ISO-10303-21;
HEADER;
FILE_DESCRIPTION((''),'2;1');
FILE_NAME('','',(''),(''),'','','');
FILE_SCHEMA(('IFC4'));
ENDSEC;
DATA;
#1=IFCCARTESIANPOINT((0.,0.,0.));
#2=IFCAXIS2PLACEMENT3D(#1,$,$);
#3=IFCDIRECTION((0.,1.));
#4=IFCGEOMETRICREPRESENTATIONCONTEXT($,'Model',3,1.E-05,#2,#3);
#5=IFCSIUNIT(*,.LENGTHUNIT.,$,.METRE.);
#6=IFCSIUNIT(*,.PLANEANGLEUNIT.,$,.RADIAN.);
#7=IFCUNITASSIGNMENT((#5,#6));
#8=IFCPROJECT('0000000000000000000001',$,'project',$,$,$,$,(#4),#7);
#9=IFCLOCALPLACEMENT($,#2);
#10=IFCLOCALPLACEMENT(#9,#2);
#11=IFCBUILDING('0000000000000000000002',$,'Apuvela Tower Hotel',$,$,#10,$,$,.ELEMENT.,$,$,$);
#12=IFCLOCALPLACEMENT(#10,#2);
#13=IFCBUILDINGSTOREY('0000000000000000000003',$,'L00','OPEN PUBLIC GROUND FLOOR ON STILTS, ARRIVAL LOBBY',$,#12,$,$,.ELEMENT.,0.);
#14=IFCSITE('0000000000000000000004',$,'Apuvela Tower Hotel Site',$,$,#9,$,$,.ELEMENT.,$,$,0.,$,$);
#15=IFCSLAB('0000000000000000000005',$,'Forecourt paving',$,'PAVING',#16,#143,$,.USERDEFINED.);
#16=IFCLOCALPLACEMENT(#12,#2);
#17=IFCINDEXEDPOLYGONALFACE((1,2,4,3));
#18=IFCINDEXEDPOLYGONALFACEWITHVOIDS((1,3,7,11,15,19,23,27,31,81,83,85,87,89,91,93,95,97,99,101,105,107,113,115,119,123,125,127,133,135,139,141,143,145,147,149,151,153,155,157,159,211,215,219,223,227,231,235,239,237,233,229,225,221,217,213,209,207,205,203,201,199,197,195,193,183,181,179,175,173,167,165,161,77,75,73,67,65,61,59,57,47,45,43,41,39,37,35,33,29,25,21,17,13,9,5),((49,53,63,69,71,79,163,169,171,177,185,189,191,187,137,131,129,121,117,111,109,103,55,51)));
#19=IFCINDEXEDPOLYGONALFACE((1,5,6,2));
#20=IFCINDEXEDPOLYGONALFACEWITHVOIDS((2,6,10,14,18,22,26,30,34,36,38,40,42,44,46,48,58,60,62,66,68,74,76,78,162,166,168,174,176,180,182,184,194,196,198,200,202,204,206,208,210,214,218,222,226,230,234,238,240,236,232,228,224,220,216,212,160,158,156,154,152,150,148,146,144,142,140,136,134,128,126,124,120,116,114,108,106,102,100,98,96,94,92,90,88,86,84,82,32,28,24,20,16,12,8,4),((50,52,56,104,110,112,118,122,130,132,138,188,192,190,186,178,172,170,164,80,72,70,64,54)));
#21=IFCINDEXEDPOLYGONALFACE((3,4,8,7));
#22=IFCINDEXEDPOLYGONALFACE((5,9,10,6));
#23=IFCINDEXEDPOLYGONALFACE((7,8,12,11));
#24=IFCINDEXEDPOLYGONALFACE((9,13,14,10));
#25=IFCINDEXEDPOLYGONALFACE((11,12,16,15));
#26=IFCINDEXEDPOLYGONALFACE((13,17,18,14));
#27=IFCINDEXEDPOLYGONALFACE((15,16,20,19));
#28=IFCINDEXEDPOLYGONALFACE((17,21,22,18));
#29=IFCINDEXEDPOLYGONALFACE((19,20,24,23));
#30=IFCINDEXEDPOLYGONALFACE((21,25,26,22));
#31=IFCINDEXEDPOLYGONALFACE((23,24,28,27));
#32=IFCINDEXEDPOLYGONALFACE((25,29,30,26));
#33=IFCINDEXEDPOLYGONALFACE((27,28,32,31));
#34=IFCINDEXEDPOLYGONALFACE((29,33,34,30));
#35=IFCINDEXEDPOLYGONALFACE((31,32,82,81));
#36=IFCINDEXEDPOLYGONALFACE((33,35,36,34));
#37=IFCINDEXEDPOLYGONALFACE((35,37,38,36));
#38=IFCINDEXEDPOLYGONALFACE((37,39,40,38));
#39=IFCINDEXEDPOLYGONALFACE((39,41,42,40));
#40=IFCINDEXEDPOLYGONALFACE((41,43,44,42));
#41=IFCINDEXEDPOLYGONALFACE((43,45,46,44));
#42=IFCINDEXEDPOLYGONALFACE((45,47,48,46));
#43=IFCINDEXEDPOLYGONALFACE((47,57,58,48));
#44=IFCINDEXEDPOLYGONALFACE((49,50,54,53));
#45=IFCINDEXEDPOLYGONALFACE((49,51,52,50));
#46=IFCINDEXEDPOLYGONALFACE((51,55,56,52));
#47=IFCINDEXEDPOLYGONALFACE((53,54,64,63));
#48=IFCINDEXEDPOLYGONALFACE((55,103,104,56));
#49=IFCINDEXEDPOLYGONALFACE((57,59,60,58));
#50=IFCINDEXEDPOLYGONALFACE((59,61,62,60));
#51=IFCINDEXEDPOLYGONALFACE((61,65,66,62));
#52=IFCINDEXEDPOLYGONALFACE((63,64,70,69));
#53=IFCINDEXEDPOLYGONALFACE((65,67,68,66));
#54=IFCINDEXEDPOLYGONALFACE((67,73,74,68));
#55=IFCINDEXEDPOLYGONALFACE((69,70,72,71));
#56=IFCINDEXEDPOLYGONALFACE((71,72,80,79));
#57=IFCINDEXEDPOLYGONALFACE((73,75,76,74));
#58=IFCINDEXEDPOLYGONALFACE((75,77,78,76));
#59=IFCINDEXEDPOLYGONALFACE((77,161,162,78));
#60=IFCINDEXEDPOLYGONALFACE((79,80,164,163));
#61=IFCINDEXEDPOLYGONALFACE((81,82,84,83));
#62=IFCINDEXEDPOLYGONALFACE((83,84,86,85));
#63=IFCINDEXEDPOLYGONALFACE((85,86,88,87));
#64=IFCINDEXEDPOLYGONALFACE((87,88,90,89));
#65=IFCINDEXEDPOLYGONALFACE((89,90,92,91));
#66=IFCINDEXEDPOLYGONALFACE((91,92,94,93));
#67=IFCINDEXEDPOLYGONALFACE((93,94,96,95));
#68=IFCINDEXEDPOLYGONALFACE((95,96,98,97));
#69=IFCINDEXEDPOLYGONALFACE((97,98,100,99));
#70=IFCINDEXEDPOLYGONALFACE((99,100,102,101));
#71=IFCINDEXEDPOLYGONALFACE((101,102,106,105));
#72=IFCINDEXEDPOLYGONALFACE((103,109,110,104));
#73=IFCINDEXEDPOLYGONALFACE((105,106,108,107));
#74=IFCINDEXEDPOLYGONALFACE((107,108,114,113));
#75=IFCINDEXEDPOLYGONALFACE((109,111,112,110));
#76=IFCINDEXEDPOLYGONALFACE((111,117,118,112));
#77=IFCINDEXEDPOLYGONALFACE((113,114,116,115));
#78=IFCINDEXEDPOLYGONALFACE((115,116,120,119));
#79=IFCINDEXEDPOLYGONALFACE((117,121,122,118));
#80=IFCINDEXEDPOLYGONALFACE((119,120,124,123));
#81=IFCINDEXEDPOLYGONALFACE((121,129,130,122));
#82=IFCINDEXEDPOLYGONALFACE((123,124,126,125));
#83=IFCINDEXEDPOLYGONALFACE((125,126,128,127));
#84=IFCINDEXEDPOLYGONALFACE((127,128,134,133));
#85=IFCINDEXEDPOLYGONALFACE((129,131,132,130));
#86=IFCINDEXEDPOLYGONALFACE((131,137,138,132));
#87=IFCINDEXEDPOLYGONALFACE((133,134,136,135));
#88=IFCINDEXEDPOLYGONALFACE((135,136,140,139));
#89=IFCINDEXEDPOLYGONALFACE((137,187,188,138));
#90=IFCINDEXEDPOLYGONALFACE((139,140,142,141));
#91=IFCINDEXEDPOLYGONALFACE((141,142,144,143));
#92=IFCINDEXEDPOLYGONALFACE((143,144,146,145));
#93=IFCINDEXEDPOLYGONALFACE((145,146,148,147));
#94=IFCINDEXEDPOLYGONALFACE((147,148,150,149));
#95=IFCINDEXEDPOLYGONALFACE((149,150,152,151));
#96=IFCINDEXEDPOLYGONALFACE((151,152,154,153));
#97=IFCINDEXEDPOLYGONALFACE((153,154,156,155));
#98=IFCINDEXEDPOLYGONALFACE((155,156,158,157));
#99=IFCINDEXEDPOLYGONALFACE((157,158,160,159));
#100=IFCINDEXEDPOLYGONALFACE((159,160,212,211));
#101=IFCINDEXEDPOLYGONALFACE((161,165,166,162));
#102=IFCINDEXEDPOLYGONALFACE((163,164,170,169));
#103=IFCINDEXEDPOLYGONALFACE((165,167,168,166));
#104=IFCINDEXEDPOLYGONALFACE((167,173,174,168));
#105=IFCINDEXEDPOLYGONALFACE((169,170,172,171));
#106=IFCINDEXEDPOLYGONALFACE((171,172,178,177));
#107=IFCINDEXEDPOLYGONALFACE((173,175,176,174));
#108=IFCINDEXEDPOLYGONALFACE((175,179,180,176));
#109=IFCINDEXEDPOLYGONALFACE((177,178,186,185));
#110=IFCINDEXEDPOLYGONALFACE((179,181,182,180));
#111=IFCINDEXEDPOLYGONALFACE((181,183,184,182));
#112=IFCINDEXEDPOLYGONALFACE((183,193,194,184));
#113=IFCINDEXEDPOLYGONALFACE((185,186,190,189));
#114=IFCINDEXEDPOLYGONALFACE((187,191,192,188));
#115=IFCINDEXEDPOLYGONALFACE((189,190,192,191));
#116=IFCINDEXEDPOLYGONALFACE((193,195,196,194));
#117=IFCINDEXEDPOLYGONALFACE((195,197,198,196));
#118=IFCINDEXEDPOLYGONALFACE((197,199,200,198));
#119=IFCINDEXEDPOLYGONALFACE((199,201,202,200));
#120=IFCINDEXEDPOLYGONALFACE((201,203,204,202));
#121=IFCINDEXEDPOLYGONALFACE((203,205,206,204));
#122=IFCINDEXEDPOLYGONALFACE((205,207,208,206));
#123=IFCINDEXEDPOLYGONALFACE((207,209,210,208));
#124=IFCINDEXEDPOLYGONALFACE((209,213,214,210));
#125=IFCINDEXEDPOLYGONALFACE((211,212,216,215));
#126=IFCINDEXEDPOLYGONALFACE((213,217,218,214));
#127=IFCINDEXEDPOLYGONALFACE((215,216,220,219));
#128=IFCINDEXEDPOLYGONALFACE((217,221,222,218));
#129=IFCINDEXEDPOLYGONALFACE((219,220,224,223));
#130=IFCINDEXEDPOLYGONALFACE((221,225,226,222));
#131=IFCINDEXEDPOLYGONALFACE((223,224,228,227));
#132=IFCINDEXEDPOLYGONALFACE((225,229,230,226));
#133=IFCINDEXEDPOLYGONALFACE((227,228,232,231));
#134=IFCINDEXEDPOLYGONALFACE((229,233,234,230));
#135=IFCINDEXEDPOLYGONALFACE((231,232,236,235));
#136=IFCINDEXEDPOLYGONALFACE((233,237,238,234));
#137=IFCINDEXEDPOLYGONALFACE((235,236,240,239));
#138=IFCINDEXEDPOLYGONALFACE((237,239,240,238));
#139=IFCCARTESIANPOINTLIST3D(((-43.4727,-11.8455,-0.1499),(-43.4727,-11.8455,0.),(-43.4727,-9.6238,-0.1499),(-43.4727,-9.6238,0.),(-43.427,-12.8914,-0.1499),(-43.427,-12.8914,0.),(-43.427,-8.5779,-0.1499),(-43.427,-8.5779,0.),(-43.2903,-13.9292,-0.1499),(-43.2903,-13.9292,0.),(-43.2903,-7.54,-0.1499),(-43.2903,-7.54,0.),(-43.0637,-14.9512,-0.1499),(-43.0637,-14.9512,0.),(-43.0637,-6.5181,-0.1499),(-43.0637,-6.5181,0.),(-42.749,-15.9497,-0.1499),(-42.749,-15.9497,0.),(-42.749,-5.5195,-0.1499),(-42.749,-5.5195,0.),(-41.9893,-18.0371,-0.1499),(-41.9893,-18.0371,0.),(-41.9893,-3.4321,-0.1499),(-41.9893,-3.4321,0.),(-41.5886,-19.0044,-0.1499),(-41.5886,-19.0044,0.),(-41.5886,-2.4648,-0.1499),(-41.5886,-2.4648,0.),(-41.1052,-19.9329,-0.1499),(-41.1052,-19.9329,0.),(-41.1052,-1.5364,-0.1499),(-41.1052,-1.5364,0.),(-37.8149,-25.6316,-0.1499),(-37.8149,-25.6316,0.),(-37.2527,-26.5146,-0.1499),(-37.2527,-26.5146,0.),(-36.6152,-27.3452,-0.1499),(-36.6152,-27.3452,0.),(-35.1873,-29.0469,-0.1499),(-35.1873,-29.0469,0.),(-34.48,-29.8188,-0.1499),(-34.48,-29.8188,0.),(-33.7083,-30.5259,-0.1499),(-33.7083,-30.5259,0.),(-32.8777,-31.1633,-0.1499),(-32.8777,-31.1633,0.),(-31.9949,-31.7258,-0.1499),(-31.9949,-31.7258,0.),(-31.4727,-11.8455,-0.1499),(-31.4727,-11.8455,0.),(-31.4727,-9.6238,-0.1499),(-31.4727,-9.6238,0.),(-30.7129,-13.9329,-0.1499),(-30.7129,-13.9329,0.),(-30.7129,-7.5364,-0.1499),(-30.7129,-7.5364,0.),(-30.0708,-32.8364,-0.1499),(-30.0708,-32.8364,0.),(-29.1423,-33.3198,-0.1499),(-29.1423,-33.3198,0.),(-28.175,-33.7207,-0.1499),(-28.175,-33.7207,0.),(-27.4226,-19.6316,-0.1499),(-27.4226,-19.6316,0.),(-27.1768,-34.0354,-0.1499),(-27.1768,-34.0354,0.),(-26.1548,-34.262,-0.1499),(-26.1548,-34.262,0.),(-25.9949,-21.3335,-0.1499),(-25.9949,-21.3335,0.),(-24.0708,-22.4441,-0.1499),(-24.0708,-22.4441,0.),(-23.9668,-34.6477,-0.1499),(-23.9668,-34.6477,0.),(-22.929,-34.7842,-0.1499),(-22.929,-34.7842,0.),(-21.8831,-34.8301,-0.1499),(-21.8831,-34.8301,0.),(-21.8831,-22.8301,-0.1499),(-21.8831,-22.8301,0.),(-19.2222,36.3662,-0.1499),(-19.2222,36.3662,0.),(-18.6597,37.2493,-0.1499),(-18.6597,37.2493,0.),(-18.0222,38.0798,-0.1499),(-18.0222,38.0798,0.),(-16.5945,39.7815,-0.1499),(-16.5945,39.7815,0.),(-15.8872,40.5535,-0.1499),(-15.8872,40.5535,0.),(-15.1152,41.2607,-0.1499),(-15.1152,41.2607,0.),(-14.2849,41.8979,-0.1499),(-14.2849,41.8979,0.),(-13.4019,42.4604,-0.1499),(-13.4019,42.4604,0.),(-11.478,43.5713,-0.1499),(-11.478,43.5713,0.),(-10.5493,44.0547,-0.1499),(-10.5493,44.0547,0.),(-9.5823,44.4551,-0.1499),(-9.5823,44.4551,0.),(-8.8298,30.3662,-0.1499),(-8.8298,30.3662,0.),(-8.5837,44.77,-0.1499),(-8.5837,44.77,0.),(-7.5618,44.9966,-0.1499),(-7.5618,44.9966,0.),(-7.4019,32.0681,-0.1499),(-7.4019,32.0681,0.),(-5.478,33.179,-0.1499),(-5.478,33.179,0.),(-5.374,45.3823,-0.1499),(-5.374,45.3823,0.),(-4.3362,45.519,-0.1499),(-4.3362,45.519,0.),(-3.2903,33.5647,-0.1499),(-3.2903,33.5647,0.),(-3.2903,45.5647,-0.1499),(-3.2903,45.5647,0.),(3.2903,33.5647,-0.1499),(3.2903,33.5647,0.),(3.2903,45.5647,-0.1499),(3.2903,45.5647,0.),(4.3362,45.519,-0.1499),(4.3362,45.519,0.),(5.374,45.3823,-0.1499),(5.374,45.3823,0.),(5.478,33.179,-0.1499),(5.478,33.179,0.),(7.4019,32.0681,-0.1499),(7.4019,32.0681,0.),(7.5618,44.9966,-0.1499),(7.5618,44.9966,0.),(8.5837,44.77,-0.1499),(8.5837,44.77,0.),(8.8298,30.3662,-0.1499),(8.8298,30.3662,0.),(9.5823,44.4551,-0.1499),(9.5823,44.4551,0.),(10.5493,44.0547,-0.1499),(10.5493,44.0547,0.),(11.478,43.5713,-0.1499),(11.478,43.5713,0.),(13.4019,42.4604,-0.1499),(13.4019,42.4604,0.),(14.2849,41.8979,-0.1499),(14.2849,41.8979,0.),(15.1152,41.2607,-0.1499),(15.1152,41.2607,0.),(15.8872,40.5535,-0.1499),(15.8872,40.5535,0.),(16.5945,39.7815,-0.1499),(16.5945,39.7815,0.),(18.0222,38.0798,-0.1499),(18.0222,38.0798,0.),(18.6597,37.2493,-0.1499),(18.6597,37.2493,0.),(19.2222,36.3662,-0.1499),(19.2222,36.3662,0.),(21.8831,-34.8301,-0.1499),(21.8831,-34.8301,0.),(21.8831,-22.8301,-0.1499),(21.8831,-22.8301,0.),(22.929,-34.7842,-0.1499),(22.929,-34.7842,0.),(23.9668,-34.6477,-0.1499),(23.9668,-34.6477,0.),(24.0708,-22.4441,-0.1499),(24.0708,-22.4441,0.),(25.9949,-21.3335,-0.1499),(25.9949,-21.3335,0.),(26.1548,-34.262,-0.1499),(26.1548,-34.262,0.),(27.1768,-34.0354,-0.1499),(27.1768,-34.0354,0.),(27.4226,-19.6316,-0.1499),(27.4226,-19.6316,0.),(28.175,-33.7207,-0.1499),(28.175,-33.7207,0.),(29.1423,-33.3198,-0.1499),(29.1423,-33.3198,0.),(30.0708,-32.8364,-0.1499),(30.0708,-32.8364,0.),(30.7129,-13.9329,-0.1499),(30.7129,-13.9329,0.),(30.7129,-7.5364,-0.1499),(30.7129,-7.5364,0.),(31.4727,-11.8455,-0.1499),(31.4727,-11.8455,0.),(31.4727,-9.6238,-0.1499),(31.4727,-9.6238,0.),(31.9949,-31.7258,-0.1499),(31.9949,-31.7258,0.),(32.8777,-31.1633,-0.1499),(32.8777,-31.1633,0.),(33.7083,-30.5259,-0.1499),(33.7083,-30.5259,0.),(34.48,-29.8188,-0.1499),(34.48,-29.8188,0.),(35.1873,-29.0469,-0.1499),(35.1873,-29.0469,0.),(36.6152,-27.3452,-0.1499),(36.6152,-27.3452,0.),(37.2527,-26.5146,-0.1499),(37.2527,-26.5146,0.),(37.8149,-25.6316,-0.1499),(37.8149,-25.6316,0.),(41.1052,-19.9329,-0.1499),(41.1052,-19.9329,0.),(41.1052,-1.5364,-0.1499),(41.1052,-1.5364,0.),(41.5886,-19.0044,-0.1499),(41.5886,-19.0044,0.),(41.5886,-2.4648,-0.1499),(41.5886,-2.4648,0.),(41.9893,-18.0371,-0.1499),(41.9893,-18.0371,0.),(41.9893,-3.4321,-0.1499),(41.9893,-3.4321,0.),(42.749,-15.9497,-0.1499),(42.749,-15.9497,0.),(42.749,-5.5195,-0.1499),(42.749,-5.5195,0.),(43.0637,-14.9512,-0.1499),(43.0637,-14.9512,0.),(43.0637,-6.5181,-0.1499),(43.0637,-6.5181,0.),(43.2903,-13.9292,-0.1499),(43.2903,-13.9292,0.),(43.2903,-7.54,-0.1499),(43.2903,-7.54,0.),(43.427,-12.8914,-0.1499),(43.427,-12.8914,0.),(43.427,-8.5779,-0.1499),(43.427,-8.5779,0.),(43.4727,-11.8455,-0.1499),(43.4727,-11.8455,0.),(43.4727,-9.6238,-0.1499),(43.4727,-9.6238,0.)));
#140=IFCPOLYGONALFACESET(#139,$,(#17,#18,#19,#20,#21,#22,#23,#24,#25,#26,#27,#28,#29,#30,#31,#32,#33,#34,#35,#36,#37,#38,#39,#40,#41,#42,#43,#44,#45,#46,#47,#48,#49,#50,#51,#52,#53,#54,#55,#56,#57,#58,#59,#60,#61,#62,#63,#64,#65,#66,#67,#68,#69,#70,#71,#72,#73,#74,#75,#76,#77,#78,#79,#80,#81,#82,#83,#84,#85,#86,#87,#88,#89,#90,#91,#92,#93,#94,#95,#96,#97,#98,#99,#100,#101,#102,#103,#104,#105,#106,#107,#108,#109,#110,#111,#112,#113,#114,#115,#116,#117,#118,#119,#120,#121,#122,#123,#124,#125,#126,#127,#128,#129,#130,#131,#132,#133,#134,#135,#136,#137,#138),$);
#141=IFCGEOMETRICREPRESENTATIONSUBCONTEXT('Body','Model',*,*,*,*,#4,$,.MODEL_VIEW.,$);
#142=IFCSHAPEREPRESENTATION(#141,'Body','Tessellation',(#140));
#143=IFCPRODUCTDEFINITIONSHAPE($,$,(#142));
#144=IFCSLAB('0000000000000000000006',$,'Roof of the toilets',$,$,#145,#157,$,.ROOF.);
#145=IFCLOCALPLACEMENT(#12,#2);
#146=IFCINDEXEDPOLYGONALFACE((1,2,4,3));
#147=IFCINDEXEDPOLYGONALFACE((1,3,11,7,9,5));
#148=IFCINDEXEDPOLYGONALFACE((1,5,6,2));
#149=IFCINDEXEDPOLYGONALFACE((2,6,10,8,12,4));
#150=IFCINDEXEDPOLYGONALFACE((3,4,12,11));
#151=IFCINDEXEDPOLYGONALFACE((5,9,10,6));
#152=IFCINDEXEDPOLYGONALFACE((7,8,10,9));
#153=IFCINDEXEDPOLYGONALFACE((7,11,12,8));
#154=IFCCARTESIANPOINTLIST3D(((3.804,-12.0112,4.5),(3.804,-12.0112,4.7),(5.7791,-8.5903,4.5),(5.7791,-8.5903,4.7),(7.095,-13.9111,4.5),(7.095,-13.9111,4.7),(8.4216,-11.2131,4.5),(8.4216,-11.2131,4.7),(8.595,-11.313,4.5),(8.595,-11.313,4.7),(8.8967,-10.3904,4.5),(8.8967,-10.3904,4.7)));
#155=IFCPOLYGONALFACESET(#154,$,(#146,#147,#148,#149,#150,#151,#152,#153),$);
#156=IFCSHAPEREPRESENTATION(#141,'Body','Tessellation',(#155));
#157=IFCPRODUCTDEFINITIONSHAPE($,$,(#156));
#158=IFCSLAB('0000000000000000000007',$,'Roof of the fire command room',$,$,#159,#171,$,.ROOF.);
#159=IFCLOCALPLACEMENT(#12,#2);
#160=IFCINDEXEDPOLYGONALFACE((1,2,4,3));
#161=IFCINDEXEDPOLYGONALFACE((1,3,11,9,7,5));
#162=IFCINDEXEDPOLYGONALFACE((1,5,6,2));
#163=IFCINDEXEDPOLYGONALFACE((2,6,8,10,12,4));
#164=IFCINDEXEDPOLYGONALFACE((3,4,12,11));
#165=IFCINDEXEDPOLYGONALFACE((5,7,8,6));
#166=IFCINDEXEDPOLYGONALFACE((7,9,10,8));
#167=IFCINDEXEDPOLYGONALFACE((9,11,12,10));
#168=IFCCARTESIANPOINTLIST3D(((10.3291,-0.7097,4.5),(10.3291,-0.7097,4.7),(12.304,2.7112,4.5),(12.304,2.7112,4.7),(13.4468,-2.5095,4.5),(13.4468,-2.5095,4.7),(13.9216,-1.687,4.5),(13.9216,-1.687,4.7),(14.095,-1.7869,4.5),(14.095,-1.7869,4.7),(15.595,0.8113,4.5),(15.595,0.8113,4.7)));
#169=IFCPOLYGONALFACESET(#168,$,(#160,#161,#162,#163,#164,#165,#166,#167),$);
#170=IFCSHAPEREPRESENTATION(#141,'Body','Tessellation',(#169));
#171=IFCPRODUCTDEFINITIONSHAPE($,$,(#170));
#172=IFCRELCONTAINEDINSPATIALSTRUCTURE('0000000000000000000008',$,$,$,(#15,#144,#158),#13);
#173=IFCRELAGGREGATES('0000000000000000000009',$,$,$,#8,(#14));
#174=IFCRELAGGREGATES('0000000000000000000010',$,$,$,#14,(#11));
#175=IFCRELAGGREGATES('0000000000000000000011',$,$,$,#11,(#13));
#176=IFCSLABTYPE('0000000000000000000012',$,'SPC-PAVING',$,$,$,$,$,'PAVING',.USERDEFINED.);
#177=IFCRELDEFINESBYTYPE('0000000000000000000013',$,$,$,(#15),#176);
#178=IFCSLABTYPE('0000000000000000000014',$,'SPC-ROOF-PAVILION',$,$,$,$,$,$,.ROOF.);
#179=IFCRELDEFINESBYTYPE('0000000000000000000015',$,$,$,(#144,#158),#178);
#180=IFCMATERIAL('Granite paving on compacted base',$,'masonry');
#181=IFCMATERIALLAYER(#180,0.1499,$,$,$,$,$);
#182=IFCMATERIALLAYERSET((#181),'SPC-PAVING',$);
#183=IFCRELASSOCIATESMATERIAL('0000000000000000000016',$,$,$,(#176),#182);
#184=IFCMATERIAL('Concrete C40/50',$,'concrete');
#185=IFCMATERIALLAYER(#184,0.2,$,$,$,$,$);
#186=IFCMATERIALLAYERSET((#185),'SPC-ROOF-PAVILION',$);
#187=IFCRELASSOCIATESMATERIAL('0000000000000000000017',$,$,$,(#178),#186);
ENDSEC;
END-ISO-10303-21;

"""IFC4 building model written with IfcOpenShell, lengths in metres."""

from ifc_helpers import new_model, si_unit, direction, frame, origin, place, context, subcontext, project, spatial, polyline, outline, extrude, material, layer, layer_set, type_object, element, save


model = new_model("IFC4")

# Units and contexts
model_context = context("Model", 3, precision=1e-05, world=origin(), true_north=direction((0.0, 1.0)))
body_context = subcontext(model_context, "Body", "Model", "MODEL_VIEW")
ifc_project = project(units=[si_unit("LENGTHUNIT", "METRE"), si_unit("PLANEANGLEUNIT", "RADIAN")], contexts=[model_context])

# Site, building, storey
site_placement = place(None, origin())
site = spatial("IfcSite", under=ifc_project, at=site_placement, Name="Apuvela Tower Hotel Site", CompositionType="ELEMENT", RefElevation=0.0)
building_placement = place(site_placement, origin())
building = spatial("IfcBuilding", under=site, at=building_placement, Name="Apuvela Tower Hotel", CompositionType="ELEMENT")
storey_placement = place(building_placement, origin())
storey = spatial("IfcBuildingStorey", under=building, at=storey_placement, Name="L00", Description="OPEN PUBLIC GROUND FLOOR ON STILTS, ARRIVAL LOBBY", CompositionType="ELEMENT", Elevation=0.0)

# Shared definitions
ifc_material_1 = material(Name="Concrete C40/50", Category="concrete")

# Slabs
ifc_material_2 = material(Name="Granite paving on compacted base", Category="masonry")
ifc_layer_1 = layer(ifc_material_2, 0.1499)
ifc_layer_set_1 = layer_set([ifc_layer_1], Name="SPC-PAVING")
slab_type_1 = type_object("IfcSlabType", Name="SPC-PAVING", ElementType="PAVING", PredefinedType="USERDEFINED", material=ifc_layer_set_1)
slab_1_placement = place(storey_placement, frame((0.0, 0.0, -0.1499)))
element("IfcSlab", 1, at=slab_1_placement, inside=storey, type_object=slab_type_1, Name="Forecourt paving", ObjectType="PAVING", PredefinedType="USERDEFINED", context=body_context, shape_type="SweptSolid", body=[
    extrude(outline(polyline([(41.1052, -1.5364), (41.5886, -2.4648), (41.9893, -3.4321), (42.749, -5.5195), (43.0637, -6.5181), (43.2903, -7.54), (43.427, -8.5779), (43.4727, -9.6238), (43.4727, -11.8455), (43.427, -12.8914), (43.2903, -13.9292), (43.0637, -14.9512), (42.749, -15.9497), (41.9893, -18.0371), (41.5886, -19.0044), (41.1052, -19.9329), (37.8149, -25.6316), (37.2527, -26.5146), (36.6152, -27.3452), (35.1873, -29.0469), (34.48, -29.8188), (33.7083, -30.5259), (32.8777, -31.1633), (31.9949, -31.7258), (30.0708, -32.8364), (29.1423, -33.3198), (28.175, -33.7207), (27.1768, -34.0354), (26.1548, -34.262), (23.9668, -34.6477), (22.929, -34.7842), (21.8831, -34.8301), (-21.8831, -34.8301), (-22.929, -34.7842), (-23.9668, -34.6477), (-26.1548, -34.262), (-27.1768, -34.0354), (-28.175, -33.7207), (-29.1423, -33.3198), (-30.0708, -32.8364), (-31.9949, -31.7258), (-32.8777, -31.1633), (-33.7083, -30.5259), (-34.48, -29.8188), (-35.1873, -29.0469), (-36.6152, -27.3452), (-37.2527, -26.5146), (-37.8149, -25.6316), (-41.1052, -19.9329), (-41.5886, -19.0044), (-41.9893, -18.0371), (-42.749, -15.9497), (-43.0637, -14.9512), (-43.2903, -13.9292), (-43.427, -12.8914), (-43.4727, -11.8455), (-43.4727, -9.6238), (-43.427, -8.5779), (-43.2903, -7.54), (-43.0637, -6.5181), (-42.749, -5.5195), (-41.9893, -3.4321), (-41.5886, -2.4648), (-41.1052, -1.5364), (-19.2222, 36.3662), (-18.6597, 37.2493), (-18.0222, 38.0798), (-16.5945, 39.7815), (-15.8872, 40.5535), (-15.1152, 41.2607), (-14.2849, 41.8979), (-13.4019, 42.4604), (-11.478, 43.5713), (-10.5493, 44.0547), (-9.5823, 44.4551), (-8.5837, 44.77), (-7.5618, 44.9966), (-5.374, 45.3823), (-4.3362, 45.519), (-3.2903, 45.5647), (3.2903, 45.5647), (4.3362, 45.519), (5.374, 45.3823), (7.5618, 44.9966), (8.5837, 44.77), (9.5823, 44.4551), (10.5493, 44.0547), (11.478, 43.5713), (13.4019, 42.4604), (14.2849, 41.8979), (15.1152, 41.2607), (15.8872, 40.5535), (16.5945, 39.7815), (18.0222, 38.0798), (18.6597, 37.2493), (19.2222, 36.3662), (41.1052, -1.5364)]), holes=[polyline([(7.4019, 32.0681), (5.478, 33.179), (3.2903, 33.5647), (-3.2903, 33.5647), (-5.478, 33.179), (-7.4019, 32.0681), (-8.8298, 30.3662), (-30.7129, -7.5364), (-31.4727, -9.6238), (-31.4727, -11.8455), (-30.7129, -13.9329), (-27.4226, -19.6316), (-25.9949, -21.3335), (-24.0708, -22.4441), (-21.8831, -22.8301), (21.8831, -22.8301), (24.0708, -22.4441), (25.9949, -21.3335), (27.4226, -19.6316), (30.7129, -13.9329), (31.4727, -11.8455), (31.4727, -9.6238), (30.7129, -7.5364), (8.8298, 30.3662), (7.4019, 32.0681)])]), origin(), (0.0, 0.0, 1.0), 0.1499),
])
ifc_layer_2 = layer(ifc_material_1, 0.2)
ifc_layer_set_2 = layer_set([ifc_layer_2], Name="SPC-ROOF-PAVILION")
slab_type_2 = type_object("IfcSlabType", Name="SPC-ROOF-PAVILION", PredefinedType="ROOF", material=ifc_layer_set_2)
slab_2_placement = place(storey_placement, frame((0.0, 0.0, 4.5)))
element("IfcSlab", 2, at=slab_2_placement, inside=storey, type_object=slab_type_2, Name="Roof of the toilets", PredefinedType="ROOF", context=body_context, shape_type="SweptSolid", body=[
    extrude(outline(polyline([(5.7791, -8.5903), (3.804, -12.0112), (7.095, -13.9111), (8.595, -11.313), (8.4216, -11.2131), (8.8967, -10.3904), (5.7791, -8.5903)])), origin(), (0.0, 0.0, 1.0), 0.2),
])
slab_3_placement = place(storey_placement, frame((0.0, 0.0, 4.5)))
element("IfcSlab", 3, at=slab_3_placement, inside=storey, type_object=slab_type_2, Name="Roof of the fire command room", PredefinedType="ROOF", context=body_context, shape_type="SweptSolid", body=[
    extrude(outline(polyline([(10.3291, -0.7097), (12.304, 2.7112), (15.595, 0.8113), (14.095, -1.7869), (13.9216, -1.687), (13.4468, -2.5095), (10.3291, -0.7097)])), origin(), (0.0, 0.0, 1.0), 0.2),
])

save(model, "model.ifc")
